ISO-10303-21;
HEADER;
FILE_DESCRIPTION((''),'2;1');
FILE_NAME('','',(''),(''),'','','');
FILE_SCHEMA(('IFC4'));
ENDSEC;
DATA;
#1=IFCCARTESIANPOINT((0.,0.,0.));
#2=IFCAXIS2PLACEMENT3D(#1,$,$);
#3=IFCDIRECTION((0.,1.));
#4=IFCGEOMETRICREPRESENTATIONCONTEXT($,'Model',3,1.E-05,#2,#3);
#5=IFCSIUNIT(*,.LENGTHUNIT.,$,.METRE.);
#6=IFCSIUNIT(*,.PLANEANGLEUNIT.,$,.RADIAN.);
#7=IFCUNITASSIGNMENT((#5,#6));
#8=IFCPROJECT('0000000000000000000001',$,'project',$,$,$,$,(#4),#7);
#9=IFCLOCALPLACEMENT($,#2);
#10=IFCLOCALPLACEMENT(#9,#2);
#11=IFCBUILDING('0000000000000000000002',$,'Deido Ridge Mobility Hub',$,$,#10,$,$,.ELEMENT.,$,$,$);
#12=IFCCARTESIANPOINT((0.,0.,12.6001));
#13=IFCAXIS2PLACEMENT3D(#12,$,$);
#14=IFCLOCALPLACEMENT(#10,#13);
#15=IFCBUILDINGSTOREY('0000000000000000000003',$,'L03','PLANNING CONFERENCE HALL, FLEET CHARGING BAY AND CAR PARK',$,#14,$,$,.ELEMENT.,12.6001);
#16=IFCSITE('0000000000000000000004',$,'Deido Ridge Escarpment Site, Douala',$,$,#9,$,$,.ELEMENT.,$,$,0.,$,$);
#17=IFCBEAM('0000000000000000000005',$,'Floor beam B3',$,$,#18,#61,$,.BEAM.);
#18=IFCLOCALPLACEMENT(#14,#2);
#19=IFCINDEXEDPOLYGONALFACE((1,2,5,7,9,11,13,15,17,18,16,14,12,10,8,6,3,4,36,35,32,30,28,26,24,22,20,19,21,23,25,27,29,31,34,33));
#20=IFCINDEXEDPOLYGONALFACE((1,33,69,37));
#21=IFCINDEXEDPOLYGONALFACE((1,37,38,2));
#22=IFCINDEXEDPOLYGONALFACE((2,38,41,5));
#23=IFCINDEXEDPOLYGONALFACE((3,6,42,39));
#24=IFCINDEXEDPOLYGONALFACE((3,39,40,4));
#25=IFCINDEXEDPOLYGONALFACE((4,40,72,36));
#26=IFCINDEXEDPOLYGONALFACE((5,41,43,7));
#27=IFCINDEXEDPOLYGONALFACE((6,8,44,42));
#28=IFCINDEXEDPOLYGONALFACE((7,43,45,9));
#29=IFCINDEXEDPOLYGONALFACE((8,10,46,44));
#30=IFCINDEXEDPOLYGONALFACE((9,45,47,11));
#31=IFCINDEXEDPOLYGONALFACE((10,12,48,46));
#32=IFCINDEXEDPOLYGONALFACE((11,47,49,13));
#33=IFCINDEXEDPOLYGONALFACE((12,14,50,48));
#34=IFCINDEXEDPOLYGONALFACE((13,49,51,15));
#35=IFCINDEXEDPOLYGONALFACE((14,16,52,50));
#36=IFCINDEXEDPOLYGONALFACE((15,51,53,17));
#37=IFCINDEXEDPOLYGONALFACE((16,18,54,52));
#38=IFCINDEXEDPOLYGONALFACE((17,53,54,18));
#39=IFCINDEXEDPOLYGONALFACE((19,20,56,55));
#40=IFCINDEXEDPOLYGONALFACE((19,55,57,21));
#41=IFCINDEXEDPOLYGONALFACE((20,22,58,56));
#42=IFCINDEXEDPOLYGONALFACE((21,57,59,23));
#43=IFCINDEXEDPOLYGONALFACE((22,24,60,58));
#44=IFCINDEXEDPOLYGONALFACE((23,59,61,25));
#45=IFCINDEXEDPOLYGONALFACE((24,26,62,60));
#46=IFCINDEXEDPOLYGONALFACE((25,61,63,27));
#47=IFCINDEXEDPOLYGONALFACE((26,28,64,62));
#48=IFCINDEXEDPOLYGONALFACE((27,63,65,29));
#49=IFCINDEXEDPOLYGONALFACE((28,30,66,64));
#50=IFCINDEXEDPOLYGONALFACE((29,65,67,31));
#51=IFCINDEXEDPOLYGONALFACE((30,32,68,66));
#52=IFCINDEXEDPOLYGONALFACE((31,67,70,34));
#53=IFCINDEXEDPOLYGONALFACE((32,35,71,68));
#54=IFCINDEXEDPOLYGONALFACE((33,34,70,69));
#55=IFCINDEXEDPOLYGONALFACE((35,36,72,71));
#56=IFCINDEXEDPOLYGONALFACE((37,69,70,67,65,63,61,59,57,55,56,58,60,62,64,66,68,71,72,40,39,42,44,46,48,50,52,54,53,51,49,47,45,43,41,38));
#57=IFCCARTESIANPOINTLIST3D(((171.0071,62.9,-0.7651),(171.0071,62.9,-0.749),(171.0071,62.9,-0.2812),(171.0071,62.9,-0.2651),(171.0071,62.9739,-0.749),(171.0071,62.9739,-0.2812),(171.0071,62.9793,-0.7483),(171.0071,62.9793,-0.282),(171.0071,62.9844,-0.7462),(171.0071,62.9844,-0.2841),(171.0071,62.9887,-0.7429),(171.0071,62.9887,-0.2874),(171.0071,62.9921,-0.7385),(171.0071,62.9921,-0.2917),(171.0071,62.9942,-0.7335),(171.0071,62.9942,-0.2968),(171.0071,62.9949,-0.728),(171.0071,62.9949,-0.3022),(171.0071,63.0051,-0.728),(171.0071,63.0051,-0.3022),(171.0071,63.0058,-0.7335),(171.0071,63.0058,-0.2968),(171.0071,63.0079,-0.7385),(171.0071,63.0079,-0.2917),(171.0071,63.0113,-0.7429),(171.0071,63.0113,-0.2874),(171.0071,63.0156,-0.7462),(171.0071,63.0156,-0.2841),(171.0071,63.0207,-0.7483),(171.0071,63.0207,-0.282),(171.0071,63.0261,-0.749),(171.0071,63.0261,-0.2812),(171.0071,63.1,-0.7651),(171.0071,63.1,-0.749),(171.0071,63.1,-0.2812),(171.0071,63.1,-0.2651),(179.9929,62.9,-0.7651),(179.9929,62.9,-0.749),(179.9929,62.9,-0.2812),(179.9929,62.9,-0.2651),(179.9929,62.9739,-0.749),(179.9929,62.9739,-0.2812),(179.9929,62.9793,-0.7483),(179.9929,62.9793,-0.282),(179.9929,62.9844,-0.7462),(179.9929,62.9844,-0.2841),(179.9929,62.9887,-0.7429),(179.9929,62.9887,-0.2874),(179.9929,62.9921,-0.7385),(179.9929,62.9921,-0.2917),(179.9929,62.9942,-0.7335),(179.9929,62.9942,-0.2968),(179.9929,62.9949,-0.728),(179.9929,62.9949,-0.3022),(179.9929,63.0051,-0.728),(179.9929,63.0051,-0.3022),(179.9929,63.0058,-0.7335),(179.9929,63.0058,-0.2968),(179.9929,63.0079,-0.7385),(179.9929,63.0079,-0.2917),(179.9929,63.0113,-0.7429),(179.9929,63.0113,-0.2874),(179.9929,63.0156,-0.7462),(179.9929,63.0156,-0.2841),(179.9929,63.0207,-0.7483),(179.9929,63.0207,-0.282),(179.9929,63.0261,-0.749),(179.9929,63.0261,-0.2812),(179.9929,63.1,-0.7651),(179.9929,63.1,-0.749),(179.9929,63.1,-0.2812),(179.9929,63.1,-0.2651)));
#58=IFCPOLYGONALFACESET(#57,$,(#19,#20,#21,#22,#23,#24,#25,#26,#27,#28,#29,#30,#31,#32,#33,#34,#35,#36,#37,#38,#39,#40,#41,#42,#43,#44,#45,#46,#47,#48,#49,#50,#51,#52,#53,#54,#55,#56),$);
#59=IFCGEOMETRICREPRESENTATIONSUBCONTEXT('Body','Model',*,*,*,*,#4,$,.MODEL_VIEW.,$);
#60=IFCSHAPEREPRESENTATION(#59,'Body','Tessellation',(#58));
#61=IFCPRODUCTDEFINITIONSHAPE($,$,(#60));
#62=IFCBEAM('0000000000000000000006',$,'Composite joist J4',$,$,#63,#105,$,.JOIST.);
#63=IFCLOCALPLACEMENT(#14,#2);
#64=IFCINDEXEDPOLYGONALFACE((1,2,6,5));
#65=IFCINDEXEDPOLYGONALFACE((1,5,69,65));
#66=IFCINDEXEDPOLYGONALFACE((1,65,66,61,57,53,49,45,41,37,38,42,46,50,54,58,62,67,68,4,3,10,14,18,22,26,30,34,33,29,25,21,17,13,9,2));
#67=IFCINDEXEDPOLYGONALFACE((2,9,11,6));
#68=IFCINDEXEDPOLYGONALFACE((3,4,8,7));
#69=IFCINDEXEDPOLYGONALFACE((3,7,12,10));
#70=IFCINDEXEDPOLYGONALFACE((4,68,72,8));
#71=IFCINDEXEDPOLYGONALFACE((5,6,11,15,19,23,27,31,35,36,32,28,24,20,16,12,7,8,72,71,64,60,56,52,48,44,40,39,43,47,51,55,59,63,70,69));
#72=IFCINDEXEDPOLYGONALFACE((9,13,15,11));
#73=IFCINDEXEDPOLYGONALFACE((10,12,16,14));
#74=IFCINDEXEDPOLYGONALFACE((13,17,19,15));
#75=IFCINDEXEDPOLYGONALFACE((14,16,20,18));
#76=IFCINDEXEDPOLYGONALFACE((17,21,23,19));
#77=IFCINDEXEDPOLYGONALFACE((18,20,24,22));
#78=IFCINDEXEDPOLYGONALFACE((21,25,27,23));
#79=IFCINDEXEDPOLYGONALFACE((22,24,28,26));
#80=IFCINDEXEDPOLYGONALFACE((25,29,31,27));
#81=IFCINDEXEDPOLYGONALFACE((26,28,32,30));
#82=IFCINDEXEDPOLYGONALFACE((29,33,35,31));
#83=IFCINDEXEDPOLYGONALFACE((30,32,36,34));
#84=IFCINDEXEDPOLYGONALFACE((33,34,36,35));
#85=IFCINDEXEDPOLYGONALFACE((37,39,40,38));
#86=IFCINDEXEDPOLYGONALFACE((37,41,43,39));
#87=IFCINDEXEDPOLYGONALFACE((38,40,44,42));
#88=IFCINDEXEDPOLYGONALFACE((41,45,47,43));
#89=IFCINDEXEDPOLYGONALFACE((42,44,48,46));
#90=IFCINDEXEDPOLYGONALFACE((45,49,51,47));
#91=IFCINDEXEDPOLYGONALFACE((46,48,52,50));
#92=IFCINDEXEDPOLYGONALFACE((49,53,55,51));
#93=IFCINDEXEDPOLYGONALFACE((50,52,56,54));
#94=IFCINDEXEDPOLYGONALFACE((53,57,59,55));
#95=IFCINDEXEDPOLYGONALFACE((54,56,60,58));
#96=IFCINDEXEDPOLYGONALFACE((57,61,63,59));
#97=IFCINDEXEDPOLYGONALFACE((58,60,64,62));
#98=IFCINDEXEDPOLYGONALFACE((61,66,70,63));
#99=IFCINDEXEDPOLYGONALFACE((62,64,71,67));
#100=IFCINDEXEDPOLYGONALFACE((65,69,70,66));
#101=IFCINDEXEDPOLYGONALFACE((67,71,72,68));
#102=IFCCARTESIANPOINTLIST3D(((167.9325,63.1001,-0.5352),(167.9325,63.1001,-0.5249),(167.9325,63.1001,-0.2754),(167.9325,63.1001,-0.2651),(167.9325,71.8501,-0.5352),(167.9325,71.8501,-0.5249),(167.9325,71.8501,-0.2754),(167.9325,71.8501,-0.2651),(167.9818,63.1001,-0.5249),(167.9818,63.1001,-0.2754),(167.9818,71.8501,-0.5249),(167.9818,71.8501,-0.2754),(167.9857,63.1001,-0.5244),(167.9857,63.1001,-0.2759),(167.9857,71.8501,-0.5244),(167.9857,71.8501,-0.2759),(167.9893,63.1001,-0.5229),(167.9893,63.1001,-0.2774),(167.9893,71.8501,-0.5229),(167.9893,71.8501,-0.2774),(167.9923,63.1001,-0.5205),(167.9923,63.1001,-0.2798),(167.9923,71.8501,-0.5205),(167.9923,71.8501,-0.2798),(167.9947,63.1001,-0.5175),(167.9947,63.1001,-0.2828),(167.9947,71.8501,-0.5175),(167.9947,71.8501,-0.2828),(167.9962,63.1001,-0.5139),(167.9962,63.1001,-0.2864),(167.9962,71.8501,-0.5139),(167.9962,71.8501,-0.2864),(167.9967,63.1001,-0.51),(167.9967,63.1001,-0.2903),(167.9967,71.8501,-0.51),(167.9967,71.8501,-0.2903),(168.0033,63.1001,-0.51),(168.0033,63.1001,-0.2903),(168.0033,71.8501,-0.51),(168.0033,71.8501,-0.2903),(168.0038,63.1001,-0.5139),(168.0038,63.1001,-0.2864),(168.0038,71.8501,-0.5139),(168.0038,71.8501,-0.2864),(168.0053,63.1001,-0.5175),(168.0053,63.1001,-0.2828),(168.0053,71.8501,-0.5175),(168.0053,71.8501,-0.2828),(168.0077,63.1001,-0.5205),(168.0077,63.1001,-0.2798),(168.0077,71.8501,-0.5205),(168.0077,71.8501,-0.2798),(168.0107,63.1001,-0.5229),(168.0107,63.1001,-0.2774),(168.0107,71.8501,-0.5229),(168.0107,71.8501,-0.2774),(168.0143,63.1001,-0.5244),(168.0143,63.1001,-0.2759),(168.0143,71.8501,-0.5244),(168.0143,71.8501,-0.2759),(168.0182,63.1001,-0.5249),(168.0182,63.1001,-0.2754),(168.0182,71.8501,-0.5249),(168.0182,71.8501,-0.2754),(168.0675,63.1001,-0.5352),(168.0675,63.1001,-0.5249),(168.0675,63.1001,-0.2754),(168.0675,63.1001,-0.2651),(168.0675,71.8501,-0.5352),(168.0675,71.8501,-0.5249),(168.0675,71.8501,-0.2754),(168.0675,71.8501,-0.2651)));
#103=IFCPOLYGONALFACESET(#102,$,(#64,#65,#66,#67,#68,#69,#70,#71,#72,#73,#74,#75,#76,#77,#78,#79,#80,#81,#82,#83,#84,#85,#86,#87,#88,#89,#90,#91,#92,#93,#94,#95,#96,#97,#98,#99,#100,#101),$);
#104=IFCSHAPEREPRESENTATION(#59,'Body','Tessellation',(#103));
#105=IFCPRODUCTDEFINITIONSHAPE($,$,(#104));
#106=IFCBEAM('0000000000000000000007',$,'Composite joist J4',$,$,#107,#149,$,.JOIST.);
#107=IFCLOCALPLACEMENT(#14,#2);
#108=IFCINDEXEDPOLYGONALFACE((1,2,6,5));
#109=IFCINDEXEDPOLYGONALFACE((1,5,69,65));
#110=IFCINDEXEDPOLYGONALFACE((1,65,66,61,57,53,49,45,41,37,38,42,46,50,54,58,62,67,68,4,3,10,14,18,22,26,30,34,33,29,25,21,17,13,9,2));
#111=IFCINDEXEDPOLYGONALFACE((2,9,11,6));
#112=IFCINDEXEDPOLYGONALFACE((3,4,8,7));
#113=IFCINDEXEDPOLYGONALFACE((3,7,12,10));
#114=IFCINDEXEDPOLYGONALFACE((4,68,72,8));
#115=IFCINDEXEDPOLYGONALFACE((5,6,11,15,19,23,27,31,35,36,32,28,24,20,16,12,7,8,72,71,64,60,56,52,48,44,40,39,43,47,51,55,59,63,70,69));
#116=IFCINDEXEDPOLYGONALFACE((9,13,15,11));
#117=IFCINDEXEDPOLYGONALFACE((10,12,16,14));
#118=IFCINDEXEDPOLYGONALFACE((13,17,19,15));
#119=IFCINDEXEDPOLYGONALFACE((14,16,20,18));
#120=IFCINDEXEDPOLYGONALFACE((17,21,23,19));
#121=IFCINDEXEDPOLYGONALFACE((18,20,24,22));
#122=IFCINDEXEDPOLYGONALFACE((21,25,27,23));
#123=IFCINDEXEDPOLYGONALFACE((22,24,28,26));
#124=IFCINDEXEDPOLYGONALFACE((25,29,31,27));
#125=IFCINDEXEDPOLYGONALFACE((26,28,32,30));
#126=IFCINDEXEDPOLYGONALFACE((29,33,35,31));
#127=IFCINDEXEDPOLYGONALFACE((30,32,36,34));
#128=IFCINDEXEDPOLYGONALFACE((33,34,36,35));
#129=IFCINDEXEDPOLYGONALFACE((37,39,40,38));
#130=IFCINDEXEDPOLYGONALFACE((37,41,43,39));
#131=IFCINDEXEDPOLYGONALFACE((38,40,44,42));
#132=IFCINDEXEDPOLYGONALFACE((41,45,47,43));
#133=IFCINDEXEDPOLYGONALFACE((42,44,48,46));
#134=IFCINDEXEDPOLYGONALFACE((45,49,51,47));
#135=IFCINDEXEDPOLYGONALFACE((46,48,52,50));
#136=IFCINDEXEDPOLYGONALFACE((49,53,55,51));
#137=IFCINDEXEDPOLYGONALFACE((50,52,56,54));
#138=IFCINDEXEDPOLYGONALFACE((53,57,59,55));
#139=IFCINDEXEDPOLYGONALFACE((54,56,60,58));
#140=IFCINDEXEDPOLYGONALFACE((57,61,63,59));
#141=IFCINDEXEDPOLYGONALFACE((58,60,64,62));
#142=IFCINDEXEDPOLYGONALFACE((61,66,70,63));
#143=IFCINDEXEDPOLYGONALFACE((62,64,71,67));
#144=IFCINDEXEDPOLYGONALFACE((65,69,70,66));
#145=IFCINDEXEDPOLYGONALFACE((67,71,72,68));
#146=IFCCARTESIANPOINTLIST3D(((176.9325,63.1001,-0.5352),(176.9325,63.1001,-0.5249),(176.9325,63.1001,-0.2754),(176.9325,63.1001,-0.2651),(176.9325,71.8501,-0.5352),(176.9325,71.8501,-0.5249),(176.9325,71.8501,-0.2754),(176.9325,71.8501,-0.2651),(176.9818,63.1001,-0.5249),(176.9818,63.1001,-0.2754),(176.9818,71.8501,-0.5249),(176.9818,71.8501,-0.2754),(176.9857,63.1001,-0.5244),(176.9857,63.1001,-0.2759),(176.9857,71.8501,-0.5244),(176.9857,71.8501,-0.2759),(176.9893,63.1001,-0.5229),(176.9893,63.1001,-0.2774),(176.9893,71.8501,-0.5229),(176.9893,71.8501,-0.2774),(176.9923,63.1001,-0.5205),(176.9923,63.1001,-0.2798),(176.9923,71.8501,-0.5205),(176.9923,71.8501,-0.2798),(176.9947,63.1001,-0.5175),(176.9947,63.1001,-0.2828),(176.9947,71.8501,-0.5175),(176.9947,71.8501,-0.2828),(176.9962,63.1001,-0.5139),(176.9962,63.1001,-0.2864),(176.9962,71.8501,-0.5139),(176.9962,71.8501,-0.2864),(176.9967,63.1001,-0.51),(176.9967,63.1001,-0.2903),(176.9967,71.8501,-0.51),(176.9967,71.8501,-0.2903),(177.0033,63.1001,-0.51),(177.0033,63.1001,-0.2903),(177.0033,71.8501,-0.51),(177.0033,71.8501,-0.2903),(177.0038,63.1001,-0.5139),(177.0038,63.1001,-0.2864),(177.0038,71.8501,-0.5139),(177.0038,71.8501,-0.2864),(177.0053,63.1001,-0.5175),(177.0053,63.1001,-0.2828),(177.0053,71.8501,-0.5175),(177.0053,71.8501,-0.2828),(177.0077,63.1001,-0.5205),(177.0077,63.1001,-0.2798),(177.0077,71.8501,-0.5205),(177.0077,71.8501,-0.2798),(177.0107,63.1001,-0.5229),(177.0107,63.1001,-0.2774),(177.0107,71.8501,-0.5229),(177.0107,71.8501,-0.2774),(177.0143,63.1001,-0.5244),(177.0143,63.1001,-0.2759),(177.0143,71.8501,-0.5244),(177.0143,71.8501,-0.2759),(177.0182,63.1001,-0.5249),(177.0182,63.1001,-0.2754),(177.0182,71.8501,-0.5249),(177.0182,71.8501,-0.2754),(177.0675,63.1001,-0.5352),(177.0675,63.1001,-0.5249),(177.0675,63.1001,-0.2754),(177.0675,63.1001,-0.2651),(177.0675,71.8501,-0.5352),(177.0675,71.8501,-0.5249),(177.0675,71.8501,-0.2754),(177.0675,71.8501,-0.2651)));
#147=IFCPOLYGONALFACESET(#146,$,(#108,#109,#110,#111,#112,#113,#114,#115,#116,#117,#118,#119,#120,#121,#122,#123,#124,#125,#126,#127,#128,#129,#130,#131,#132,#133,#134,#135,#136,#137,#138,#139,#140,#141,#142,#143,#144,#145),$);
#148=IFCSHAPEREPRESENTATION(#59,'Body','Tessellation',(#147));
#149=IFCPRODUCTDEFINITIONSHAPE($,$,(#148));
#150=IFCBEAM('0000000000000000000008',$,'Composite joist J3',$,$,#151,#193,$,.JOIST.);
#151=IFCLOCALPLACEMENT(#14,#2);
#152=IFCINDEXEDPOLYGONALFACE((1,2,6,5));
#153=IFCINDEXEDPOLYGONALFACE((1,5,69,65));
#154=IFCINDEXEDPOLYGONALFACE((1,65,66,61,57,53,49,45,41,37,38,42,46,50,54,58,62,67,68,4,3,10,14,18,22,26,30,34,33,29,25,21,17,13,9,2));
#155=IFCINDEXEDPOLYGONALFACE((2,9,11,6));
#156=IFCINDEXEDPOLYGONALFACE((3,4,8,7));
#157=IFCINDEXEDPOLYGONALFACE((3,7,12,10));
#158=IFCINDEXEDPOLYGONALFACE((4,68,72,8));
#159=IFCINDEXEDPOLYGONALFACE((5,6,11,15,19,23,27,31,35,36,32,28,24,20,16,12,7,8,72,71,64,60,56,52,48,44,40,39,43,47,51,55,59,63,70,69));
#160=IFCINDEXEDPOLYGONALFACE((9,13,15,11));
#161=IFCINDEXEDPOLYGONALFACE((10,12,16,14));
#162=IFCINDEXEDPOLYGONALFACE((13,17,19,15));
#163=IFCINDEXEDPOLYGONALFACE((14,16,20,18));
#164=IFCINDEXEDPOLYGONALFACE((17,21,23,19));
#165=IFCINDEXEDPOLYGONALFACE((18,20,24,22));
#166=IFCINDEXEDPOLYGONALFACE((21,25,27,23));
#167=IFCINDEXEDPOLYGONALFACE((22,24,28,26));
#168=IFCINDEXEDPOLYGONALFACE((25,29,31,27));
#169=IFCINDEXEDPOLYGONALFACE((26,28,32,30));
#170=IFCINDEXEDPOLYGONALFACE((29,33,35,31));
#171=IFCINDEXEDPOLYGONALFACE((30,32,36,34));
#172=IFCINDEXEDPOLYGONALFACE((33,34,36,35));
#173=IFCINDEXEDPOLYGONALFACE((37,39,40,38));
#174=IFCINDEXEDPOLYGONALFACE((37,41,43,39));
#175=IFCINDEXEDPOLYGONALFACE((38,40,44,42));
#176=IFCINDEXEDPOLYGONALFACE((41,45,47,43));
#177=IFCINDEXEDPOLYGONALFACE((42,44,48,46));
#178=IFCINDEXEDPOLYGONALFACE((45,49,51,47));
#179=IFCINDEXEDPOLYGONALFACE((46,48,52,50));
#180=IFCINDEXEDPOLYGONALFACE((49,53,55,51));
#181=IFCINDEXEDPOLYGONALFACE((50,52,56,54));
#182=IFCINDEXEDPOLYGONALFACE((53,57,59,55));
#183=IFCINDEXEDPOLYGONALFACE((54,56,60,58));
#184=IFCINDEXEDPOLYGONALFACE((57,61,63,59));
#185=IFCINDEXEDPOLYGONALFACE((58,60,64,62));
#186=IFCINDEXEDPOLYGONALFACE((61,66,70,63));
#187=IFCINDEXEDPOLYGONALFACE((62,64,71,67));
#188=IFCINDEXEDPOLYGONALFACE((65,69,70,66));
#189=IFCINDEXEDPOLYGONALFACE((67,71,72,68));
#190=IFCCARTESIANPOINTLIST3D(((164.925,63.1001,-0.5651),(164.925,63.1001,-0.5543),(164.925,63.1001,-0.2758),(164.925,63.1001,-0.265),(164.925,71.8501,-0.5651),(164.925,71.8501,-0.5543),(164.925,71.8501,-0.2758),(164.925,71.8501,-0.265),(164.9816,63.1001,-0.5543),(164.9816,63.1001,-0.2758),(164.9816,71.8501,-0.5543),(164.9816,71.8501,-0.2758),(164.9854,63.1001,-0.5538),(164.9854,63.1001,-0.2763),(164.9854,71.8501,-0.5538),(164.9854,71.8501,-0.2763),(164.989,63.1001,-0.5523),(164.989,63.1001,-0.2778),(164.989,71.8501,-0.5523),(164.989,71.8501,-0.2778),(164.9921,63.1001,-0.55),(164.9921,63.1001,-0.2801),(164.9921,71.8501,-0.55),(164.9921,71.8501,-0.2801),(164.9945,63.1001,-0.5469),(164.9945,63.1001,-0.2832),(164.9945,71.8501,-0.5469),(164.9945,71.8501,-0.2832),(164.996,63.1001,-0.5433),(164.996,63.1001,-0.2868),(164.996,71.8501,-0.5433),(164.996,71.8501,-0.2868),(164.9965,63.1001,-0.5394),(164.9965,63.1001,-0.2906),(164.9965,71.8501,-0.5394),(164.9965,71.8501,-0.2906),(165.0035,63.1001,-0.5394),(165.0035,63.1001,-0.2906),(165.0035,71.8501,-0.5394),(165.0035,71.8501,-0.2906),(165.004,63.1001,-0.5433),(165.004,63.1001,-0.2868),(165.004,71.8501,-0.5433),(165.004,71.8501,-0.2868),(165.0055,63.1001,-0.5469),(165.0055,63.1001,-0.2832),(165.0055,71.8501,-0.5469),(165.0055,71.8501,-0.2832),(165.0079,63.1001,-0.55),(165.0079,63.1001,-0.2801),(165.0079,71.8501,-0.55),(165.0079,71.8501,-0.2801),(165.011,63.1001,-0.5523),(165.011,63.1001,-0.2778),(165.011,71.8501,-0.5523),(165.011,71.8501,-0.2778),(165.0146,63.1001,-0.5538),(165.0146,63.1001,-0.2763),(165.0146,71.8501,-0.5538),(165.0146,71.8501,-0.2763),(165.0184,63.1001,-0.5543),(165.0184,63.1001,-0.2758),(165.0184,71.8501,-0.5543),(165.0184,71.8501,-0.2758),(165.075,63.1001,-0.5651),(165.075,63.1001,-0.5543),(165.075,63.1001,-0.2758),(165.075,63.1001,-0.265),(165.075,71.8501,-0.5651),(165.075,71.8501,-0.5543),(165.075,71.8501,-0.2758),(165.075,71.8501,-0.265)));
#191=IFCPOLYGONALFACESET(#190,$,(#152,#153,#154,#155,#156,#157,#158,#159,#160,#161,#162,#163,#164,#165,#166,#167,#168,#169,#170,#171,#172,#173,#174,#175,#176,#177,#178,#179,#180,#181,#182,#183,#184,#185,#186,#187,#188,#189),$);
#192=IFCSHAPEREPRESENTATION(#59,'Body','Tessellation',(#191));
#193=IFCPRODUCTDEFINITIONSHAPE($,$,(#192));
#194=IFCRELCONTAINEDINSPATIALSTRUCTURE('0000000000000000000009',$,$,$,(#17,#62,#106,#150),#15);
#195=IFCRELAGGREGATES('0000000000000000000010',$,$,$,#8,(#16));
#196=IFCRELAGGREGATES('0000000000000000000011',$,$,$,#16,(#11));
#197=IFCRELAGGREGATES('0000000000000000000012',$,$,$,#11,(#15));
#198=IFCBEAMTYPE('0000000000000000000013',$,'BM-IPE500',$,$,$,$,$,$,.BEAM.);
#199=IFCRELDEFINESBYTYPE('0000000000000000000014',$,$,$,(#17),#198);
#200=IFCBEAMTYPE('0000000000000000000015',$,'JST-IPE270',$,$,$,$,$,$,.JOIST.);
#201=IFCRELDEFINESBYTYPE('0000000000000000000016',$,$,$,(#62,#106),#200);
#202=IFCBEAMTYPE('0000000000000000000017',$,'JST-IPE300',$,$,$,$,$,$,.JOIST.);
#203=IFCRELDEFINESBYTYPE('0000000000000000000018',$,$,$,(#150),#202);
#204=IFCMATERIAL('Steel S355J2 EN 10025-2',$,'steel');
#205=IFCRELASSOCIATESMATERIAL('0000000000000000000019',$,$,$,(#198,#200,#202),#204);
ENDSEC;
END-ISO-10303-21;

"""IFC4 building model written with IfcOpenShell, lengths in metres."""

from ifc_helpers import new_model, si_unit, direction, frame, origin, origin_2d, place, context, subcontext, project, spatial, i_section, extrude, material, material_profile, profile_set, type_object, element, save


model = new_model("IFC4")

# Units and contexts
model_context = context("Model", 3, precision=1e-05, world=origin(), true_north=direction((0.0, 1.0)))
body_context = subcontext(model_context, "Body", "Model", "MODEL_VIEW")
ifc_project = project(units=[si_unit("LENGTHUNIT", "METRE"), si_unit("PLANEANGLEUNIT", "RADIAN")], contexts=[model_context])

# Site, building, storey
site_placement = place(None, origin())
site = spatial("IfcSite", under=ifc_project, at=site_placement, Name="Deido Ridge Escarpment Site, Douala", CompositionType="ELEMENT", RefElevation=0.0)
building_placement = place(site_placement, origin())
building = spatial("IfcBuilding", under=site, at=building_placement, Name="Deido Ridge Mobility Hub", CompositionType="ELEMENT")
storey_placement = place(building_placement, frame((0.0, 0.0, 12.6001)))
storey = spatial("IfcBuildingStorey", under=building, at=storey_placement, Name="L03", Description="PLANNING CONFERENCE HALL, FLEET CHARGING BAY AND CAR PARK", CompositionType="ELEMENT", Elevation=12.6001)

# Shared definitions
ifc_material_1 = material(Name="Steel S355J2 EN 10025-2", Category="steel")

# Beams
ifc_material_profile_1 = material_profile(ifc_material_1, i_section(OverallWidth=0.2, OverallDepth=0.5, WebThickness=0.0103, FlangeThickness=0.0161, FilletRadius=0.021, at=origin_2d()), Name="IPE 500")
ifc_profile_set_1 = profile_set([ifc_material_profile_1], Name="Steel S355J2 EN 10025-2")
beam_type_1 = type_object("IfcBeamType", Name="BM-IPE500", PredefinedType="BEAM", material=ifc_profile_set_1)
for number, where, z_axis, x_axis, name in (
    (1, (171.0071, 63.0, -0.5151), (1.0, 0.0, 0.0), (0.0, 1.0, 0.0), "Floor beam B3"),
):
    element("IfcBeam", number, at=place(storey_placement, frame(where, z_axis=z_axis, x_axis=x_axis)), inside=storey, type_object=beam_type_1, Name=name, PredefinedType="BEAM", context=body_context, shape_type="SweptSolid", body=[
        extrude(i_section(OverallWidth=0.2, OverallDepth=0.5, WebThickness=0.0103, FlangeThickness=0.0161, FilletRadius=0.021, at=origin_2d()), origin(), (0.0, 0.0, 1.0), 8.9858),
    ])
ifc_material_profile_2 = material_profile(ifc_material_1, i_section(OverallWidth=0.135, OverallDepth=0.27, WebThickness=0.0066, FlangeThickness=0.0103, FilletRadius=0.0149, at=origin_2d()), Name="IPE 270")
ifc_profile_set_2 = profile_set([ifc_material_profile_2], Name="Steel S355J2 EN 10025-2")
beam_type_2 = type_object("IfcBeamType", Name="JST-IPE270", PredefinedType="JOIST", material=ifc_profile_set_2)
for number, where, z_axis, x_axis, name in (
    (2, (168.0, 63.1001, -0.4001), (0.0, 1.0, 0.0), (-1.0, 0.0, 0.0), "Composite joist J4"),
    (3, (177.0, 63.1001, -0.4001), (0.0, 1.0, 0.0), (-1.0, 0.0, 0.0), "Composite joist J4"),
):
    element("IfcBeam", number, at=place(storey_placement, frame(where, z_axis=z_axis, x_axis=x_axis)), inside=storey, type_object=beam_type_2, Name=name, PredefinedType="JOIST", context=body_context, shape_type="SweptSolid", body=[
        extrude(i_section(OverallWidth=0.135, OverallDepth=0.27, WebThickness=0.0066, FlangeThickness=0.0103, FilletRadius=0.0149, at=origin_2d()), origin(), (0.0, 0.0, 1.0), 8.75),
    ])
ifc_material_profile_3 = material_profile(ifc_material_1, i_section(OverallWidth=0.1499, OverallDepth=0.3, WebThickness=0.0071, FlangeThickness=0.0107, FilletRadius=0.0149, at=origin_2d()), Name="IPE 300")
ifc_profile_set_3 = profile_set([ifc_material_profile_3], Name="Steel S355J2 EN 10025-2")
beam_type_3 = type_object("IfcBeamType", Name="JST-IPE300", PredefinedType="JOIST", material=ifc_profile_set_3)
for number, where, z_axis, x_axis, name in (
    (4, (165.0, 63.1001, -0.415), (0.0, 1.0, 0.0), (-1.0, 0.0, 0.0), "Composite joist J3"),
):
    element("IfcBeam", number, at=place(storey_placement, frame(where, z_axis=z_axis, x_axis=x_axis)), inside=storey, type_object=beam_type_3, Name=name, PredefinedType="JOIST", context=body_context, shape_type="SweptSolid", body=[
        extrude(i_section(OverallWidth=0.1499, OverallDepth=0.3, WebThickness=0.0071, FlangeThickness=0.0107, FilletRadius=0.0149, at=origin_2d()), origin(), (0.0, 0.0, 1.0), 8.75),
    ])

save(model, "model.ifc")
